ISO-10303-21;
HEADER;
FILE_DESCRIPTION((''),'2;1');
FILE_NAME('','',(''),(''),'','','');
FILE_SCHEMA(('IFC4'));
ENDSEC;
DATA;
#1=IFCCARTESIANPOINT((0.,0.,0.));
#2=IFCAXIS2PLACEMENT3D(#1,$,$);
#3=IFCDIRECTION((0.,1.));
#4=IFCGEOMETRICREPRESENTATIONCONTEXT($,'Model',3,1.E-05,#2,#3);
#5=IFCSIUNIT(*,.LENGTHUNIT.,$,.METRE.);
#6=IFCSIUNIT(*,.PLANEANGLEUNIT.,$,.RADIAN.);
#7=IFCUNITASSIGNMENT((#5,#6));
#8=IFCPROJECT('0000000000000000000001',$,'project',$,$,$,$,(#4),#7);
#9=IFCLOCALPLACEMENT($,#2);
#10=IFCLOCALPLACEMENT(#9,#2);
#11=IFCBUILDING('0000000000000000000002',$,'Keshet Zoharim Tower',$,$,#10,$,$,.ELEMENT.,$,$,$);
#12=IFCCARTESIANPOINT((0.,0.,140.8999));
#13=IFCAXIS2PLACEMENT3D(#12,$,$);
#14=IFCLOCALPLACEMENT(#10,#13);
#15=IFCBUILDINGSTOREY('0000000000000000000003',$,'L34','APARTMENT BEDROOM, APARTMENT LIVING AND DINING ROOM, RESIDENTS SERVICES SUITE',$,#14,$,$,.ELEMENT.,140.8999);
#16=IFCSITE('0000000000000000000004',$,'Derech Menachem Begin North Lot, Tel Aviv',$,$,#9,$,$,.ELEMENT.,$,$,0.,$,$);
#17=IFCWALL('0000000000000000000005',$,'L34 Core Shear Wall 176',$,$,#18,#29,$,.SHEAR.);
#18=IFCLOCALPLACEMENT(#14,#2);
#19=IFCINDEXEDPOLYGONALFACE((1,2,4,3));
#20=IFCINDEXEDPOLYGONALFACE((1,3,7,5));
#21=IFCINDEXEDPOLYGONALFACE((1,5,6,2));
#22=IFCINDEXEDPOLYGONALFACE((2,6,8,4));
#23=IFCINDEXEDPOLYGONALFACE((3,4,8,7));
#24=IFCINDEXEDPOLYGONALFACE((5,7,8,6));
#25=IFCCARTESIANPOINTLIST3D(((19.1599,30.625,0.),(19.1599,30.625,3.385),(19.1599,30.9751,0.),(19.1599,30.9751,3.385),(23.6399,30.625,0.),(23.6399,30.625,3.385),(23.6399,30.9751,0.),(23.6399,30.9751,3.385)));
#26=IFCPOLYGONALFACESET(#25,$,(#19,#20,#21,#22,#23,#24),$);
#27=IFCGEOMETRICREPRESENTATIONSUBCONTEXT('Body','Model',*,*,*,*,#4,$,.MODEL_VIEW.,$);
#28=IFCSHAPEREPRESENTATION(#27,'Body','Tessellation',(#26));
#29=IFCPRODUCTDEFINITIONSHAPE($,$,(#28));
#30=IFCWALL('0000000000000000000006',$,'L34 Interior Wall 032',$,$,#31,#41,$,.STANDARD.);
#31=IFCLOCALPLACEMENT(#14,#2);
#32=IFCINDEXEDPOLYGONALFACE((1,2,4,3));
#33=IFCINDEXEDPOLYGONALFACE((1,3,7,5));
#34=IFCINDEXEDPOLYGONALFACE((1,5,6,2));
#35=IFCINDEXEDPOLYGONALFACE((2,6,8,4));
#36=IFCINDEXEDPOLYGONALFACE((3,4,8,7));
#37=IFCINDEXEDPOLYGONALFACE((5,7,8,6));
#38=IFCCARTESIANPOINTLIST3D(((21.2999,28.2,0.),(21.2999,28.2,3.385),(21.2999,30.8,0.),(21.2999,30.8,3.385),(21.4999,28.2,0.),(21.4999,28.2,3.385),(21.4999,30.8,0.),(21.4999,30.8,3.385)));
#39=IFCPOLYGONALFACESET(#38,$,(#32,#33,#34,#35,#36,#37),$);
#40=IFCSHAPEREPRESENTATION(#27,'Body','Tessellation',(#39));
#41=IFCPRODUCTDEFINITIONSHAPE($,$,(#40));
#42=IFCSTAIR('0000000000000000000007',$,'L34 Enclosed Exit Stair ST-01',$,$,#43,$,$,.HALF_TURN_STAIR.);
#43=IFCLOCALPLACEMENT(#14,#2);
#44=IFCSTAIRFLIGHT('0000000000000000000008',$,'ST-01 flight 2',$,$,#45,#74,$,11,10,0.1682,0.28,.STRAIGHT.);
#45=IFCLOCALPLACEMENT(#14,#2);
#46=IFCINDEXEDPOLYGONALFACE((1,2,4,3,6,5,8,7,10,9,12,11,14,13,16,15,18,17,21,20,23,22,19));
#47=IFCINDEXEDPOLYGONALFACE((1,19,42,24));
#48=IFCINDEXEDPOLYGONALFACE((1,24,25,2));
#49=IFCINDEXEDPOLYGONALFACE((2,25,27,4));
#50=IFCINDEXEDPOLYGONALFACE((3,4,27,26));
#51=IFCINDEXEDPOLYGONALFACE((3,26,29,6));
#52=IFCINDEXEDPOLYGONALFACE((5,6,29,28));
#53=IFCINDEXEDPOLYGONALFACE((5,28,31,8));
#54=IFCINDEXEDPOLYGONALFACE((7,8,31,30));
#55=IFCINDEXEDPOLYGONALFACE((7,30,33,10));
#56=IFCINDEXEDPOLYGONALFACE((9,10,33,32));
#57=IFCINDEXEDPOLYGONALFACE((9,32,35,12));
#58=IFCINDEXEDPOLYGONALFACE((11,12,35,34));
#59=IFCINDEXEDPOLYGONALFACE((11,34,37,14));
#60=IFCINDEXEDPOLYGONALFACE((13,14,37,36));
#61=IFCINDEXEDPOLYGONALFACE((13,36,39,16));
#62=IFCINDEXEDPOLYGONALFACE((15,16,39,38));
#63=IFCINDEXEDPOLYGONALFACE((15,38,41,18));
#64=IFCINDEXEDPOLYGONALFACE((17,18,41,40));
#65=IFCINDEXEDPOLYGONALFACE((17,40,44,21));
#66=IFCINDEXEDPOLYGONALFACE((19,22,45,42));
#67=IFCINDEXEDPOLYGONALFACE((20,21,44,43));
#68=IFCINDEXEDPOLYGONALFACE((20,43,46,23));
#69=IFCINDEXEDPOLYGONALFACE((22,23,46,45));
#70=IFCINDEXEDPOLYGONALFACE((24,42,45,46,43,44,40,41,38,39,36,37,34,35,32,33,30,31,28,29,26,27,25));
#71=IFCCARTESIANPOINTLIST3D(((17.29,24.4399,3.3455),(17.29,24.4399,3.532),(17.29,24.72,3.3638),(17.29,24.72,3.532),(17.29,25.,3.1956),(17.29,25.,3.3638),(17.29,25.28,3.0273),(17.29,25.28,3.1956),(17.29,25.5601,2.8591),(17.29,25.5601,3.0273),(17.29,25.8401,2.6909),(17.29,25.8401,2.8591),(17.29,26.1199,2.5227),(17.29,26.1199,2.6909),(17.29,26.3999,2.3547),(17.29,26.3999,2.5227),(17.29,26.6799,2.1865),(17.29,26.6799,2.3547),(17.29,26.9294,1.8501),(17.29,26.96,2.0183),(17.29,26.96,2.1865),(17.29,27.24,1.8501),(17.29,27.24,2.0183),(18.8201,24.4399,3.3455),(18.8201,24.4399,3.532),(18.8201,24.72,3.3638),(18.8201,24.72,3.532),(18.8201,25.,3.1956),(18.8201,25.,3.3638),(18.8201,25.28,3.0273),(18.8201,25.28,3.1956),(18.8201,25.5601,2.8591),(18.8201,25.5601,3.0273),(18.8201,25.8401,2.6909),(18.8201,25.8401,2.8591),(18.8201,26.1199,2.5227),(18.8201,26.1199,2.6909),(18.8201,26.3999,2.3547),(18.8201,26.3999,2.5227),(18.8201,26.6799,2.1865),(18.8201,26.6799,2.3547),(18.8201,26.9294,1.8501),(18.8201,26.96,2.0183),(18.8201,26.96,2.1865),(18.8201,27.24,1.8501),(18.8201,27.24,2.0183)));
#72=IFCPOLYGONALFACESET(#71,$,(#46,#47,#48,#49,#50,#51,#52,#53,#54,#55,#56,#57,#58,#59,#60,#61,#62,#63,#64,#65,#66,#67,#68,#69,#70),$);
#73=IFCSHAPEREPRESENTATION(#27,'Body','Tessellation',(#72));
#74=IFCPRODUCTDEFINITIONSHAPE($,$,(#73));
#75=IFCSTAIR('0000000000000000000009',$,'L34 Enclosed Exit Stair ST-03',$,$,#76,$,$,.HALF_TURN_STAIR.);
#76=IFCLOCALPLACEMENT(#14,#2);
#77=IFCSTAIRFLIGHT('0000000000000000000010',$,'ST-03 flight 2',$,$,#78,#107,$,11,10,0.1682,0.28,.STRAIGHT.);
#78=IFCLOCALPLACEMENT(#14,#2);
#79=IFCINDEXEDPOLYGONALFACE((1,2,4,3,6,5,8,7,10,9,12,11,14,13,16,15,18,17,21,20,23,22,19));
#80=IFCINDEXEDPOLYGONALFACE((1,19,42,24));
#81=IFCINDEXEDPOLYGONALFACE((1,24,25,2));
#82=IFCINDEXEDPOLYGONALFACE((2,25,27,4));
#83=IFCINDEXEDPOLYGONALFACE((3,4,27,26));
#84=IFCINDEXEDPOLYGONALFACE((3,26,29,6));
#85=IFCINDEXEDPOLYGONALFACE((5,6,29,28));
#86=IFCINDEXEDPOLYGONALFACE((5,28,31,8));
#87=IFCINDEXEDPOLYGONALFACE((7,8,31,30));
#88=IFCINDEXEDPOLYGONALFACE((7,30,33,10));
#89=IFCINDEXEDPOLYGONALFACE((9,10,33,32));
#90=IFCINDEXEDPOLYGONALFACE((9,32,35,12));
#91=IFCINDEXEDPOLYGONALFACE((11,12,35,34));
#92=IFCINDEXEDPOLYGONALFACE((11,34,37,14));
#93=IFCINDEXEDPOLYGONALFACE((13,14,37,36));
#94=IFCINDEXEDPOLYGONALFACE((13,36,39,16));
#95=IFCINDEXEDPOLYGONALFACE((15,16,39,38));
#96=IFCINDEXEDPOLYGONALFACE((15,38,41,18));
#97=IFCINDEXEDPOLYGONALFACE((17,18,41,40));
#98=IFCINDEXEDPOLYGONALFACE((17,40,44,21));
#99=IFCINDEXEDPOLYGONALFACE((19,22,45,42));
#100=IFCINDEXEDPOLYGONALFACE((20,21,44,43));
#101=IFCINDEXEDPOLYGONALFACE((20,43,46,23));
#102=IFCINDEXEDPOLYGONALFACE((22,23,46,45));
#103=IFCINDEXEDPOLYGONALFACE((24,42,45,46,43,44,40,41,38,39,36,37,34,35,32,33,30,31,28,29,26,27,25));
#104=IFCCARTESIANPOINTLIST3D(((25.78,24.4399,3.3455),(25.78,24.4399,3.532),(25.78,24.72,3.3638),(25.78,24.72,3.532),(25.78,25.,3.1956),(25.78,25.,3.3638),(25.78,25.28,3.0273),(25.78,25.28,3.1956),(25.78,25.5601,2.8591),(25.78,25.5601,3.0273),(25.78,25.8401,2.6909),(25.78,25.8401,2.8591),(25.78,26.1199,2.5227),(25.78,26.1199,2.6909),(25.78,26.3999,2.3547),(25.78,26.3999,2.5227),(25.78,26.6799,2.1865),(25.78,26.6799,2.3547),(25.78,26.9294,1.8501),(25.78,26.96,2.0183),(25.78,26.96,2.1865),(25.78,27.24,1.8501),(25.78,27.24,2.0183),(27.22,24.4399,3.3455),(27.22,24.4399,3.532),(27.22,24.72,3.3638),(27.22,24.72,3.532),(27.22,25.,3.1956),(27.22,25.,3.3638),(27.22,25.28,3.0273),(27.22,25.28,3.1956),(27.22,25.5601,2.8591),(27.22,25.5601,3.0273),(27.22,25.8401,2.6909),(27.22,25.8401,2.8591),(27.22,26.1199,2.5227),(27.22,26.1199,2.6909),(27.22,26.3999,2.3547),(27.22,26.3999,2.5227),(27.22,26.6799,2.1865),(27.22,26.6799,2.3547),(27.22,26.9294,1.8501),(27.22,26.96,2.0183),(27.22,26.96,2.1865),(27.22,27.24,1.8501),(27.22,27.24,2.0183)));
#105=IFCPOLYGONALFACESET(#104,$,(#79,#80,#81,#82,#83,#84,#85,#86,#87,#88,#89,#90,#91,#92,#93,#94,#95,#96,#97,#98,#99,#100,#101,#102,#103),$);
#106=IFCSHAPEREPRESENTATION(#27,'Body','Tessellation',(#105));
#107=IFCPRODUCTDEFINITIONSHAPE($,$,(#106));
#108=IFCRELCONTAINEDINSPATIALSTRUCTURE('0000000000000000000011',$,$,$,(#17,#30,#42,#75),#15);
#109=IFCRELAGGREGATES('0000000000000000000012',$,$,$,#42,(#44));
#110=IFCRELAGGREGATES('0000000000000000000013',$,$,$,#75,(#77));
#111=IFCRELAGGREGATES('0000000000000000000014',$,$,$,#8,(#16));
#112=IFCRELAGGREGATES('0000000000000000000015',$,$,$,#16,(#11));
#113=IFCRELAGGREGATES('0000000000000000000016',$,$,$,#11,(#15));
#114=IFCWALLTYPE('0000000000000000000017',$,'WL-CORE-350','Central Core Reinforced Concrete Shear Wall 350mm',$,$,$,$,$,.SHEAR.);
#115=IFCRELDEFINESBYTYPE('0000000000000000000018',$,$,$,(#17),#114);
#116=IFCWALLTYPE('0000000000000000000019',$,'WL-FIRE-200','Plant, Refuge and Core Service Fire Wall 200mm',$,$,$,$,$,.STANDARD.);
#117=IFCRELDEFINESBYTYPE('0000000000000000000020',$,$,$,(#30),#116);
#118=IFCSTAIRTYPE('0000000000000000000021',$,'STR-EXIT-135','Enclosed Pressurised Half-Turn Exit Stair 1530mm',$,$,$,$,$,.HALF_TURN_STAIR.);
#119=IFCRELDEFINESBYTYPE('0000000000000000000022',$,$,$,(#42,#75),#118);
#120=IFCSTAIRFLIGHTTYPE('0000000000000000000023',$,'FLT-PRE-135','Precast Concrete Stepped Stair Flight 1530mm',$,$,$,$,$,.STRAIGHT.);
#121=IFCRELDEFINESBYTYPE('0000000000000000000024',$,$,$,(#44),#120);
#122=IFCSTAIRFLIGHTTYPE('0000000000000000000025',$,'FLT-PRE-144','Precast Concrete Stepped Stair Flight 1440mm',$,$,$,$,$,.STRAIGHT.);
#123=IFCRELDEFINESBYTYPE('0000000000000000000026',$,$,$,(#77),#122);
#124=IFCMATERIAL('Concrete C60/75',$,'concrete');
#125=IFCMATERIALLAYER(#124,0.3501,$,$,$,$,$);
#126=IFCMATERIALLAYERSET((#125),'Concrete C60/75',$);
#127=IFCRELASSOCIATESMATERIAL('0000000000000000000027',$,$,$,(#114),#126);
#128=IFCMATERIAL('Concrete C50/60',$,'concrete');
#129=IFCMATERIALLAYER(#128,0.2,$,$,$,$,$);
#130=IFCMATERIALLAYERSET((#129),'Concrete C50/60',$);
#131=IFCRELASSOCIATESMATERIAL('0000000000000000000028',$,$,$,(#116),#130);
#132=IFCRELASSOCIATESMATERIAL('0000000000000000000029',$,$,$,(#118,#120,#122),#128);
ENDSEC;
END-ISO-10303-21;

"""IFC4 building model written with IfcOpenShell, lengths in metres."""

from ifc_helpers import new_model, si_unit, direction, frame, frame_2d, origin, place, context, subcontext, project, spatial, polyline, rectangle, outline, extrude, material, layer, layer_set, type_object, element, aggregate, save


model = new_model("IFC4")

# Units and contexts
model_context = context("Model", 3, precision=1e-05, world=origin(), true_north=direction((0.0, 1.0)))
body_context = subcontext(model_context, "Body", "Model", "MODEL_VIEW")
ifc_project = project(units=[si_unit("LENGTHUNIT", "METRE"), si_unit("PLANEANGLEUNIT", "RADIAN")], contexts=[model_context])

# Site, building, storey
site_placement = place(None, origin())
site = spatial("IfcSite", under=ifc_project, at=site_placement, Name="Derech Menachem Begin North Lot, Tel Aviv", CompositionType="ELEMENT", RefElevation=0.0)
building_placement = place(site_placement, origin())
building = spatial("IfcBuilding", under=site, at=building_placement, Name="Keshet Zoharim Tower", CompositionType="ELEMENT")
storey_placement = place(building_placement, frame((0.0, 0.0, 140.8999)))
storey = spatial("IfcBuildingStorey", under=building, at=storey_placement, Name="L34", Description="APARTMENT BEDROOM, APARTMENT LIVING AND DINING ROOM, RESIDENTS SERVICES SUITE", CompositionType="ELEMENT", Elevation=140.8999)

# Shared definitions
ifc_material_1 = material(Name="Concrete C60/75", Category="concrete")
ifc_layer_1 = layer(ifc_material_1, 0.3501)
ifc_layer_set_1 = layer_set([ifc_layer_1], Name="Concrete C60/75")
wall_type_1 = type_object("IfcWallType", Name="WL-CORE-350", Description="Central Core Reinforced Concrete Shear Wall 350mm", PredefinedType="SHEAR", material=ifc_layer_set_1)

# Walls
wall_1_placement = place(storey_placement, frame((19.1599, 30.8, 0.0), z_axis=(0.0, 0.0, 1.0), x_axis=(1.0, 0.0, 0.0)))
element("IfcWall", 1, at=wall_1_placement, inside=storey, type_object=wall_type_1, Name="L34 Core Shear Wall 176", PredefinedType="SHEAR", context=body_context, shape_type="SweptSolid", body=[
    extrude(rectangle(XDim=4.48, YDim=0.3501, at=frame_2d((2.24, 0.0))), origin(), (0.0, 0.0, 1.0), 3.385),
])
ifc_material_2 = material(Name="Concrete C50/60", Category="concrete")
ifc_layer_2 = layer(ifc_material_2, 0.2)
ifc_layer_set_2 = layer_set([ifc_layer_2], Name="Concrete C50/60")
wall_type_2 = type_object("IfcWallType", Name="WL-FIRE-200", Description="Plant, Refuge and Core Service Fire Wall 200mm", PredefinedType="STANDARD", material=ifc_layer_set_2)
wall_2_placement = place(storey_placement, frame((21.3999, 28.2, 0.0), z_axis=(0.0, 0.0, 1.0), x_axis=(0.0, 1.0, 0.0)))
element("IfcWall", 2, at=wall_2_placement, inside=storey, type_object=wall_type_2, Name="L34 Interior Wall 032", PredefinedType="STANDARD", context=body_context, shape_type="SweptSolid", body=[
    extrude(rectangle(XDim=2.6001, YDim=0.2, at=frame_2d((1.3, 0.0))), origin(), (0.0, 0.0, 1.0), 3.385),
])

# Stairs, stair flights
stair_type = type_object("IfcStairType", Name="STR-EXIT-135", Description="Enclosed Pressurised Half-Turn Exit Stair 1530mm", PredefinedType="HALF_TURN_STAIR", material=ifc_material_2)
stair_1_placement = place(storey_placement, origin())
stair_1 = element("IfcStair", 3, at=stair_1_placement, inside=storey, type_object=stair_type, Name="L34 Enclosed Exit Stair ST-01", PredefinedType="HALF_TURN_STAIR")
stair_flight_type_1 = type_object("IfcStairFlightType", Name="FLT-PRE-135", Description="Precast Concrete Stepped Stair Flight 1530mm", PredefinedType="STRAIGHT", material=ifc_material_2)
stair_flight_1_placement = place(storey_placement, frame((18.0549, 27.24, 1.8501), z_axis=(0.0, 0.0, 1.0), x_axis=(0.0, -1.0, 0.0)))
stair_flight_1 = element("IfcStairFlight", 4, at=stair_flight_1_placement, type_object=stair_flight_type_1, Name="ST-01 flight 2", NumberOfRisers=11, NumberOfTreads=10, PredefinedType="STRAIGHT", RiserHeight=0.1682, TreadLength=0.28, context=body_context, shape_type="SweptSolid", body=[
    extrude(outline(polyline([(0.0, 0.0), (0.0, 0.1682), (0.28, 0.1682), (0.28, 0.3364), (0.5601, 0.3364), (0.5601, 0.5046), (0.8401, 0.5046), (0.8401, 0.6726), (1.1201, 0.6726), (1.1201, 0.8408), (1.3999, 0.8408), (1.3999, 1.009), (1.6799, 1.009), (1.6799, 1.1772), (1.96, 1.1772), (1.96, 1.3455), (2.24, 1.3455), (2.24, 1.5137), (2.52, 1.5137), (2.52, 1.6819), (2.8, 1.6819), (2.8, 1.8501), (2.8, 1.4954), (0.3105, 0.0), (0.0, 0.0)])), frame((0.0, 0.7651, 0.0), z_axis=(0.0, -1.0, 0.0), x_axis=(1.0, 0.0, 0.0)), (0.0, 0.0, 1.0), 1.53),
])
aggregate(stair_1, [stair_flight_1])
stair_2_placement = place(storey_placement, origin())
stair_2 = element("IfcStair", 5, at=stair_2_placement, inside=storey, type_object=stair_type, Name="L34 Enclosed Exit Stair ST-03", PredefinedType="HALF_TURN_STAIR")
stair_flight_type_2 = type_object("IfcStairFlightType", Name="FLT-PRE-144", Description="Precast Concrete Stepped Stair Flight 1440mm", PredefinedType="STRAIGHT", material=ifc_material_2)
stair_flight_2_placement = place(storey_placement, frame((26.5, 27.24, 1.8501), z_axis=(0.0, 0.0, 1.0), x_axis=(0.0, -1.0, 0.0)))
stair_flight_2 = element("IfcStairFlight", 6, at=stair_flight_2_placement, type_object=stair_flight_type_2, Name="ST-03 flight 2", NumberOfRisers=11, NumberOfTreads=10, PredefinedType="STRAIGHT", RiserHeight=0.1682, TreadLength=0.28, context=body_context, shape_type="SweptSolid", body=[
    extrude(outline(polyline([(0.0, 0.0), (0.0, 0.1682), (0.28, 0.1682), (0.28, 0.3364), (0.5601, 0.3364), (0.5601, 0.5046), (0.8401, 0.5046), (0.8401, 0.6726), (1.1201, 0.6726), (1.1201, 0.8408), (1.3999, 0.8408), (1.3999, 1.009), (1.6799, 1.009), (1.6799, 1.1772), (1.96, 1.1772), (1.96, 1.3455), (2.24, 1.3455), (2.24, 1.5137), (2.52, 1.5137), (2.52, 1.6819), (2.8, 1.6819), (2.8, 1.8501), (2.8, 1.4954), (0.3105, 0.0), (0.0, 0.0)])), frame((0.0, 0.72, 0.0), z_axis=(0.0, -1.0, 0.0), x_axis=(1.0, 0.0, 0.0)), (0.0, 0.0, 1.0), 1.4399),
])
aggregate(stair_2, [stair_flight_2])

save(model, "model.ifc")
